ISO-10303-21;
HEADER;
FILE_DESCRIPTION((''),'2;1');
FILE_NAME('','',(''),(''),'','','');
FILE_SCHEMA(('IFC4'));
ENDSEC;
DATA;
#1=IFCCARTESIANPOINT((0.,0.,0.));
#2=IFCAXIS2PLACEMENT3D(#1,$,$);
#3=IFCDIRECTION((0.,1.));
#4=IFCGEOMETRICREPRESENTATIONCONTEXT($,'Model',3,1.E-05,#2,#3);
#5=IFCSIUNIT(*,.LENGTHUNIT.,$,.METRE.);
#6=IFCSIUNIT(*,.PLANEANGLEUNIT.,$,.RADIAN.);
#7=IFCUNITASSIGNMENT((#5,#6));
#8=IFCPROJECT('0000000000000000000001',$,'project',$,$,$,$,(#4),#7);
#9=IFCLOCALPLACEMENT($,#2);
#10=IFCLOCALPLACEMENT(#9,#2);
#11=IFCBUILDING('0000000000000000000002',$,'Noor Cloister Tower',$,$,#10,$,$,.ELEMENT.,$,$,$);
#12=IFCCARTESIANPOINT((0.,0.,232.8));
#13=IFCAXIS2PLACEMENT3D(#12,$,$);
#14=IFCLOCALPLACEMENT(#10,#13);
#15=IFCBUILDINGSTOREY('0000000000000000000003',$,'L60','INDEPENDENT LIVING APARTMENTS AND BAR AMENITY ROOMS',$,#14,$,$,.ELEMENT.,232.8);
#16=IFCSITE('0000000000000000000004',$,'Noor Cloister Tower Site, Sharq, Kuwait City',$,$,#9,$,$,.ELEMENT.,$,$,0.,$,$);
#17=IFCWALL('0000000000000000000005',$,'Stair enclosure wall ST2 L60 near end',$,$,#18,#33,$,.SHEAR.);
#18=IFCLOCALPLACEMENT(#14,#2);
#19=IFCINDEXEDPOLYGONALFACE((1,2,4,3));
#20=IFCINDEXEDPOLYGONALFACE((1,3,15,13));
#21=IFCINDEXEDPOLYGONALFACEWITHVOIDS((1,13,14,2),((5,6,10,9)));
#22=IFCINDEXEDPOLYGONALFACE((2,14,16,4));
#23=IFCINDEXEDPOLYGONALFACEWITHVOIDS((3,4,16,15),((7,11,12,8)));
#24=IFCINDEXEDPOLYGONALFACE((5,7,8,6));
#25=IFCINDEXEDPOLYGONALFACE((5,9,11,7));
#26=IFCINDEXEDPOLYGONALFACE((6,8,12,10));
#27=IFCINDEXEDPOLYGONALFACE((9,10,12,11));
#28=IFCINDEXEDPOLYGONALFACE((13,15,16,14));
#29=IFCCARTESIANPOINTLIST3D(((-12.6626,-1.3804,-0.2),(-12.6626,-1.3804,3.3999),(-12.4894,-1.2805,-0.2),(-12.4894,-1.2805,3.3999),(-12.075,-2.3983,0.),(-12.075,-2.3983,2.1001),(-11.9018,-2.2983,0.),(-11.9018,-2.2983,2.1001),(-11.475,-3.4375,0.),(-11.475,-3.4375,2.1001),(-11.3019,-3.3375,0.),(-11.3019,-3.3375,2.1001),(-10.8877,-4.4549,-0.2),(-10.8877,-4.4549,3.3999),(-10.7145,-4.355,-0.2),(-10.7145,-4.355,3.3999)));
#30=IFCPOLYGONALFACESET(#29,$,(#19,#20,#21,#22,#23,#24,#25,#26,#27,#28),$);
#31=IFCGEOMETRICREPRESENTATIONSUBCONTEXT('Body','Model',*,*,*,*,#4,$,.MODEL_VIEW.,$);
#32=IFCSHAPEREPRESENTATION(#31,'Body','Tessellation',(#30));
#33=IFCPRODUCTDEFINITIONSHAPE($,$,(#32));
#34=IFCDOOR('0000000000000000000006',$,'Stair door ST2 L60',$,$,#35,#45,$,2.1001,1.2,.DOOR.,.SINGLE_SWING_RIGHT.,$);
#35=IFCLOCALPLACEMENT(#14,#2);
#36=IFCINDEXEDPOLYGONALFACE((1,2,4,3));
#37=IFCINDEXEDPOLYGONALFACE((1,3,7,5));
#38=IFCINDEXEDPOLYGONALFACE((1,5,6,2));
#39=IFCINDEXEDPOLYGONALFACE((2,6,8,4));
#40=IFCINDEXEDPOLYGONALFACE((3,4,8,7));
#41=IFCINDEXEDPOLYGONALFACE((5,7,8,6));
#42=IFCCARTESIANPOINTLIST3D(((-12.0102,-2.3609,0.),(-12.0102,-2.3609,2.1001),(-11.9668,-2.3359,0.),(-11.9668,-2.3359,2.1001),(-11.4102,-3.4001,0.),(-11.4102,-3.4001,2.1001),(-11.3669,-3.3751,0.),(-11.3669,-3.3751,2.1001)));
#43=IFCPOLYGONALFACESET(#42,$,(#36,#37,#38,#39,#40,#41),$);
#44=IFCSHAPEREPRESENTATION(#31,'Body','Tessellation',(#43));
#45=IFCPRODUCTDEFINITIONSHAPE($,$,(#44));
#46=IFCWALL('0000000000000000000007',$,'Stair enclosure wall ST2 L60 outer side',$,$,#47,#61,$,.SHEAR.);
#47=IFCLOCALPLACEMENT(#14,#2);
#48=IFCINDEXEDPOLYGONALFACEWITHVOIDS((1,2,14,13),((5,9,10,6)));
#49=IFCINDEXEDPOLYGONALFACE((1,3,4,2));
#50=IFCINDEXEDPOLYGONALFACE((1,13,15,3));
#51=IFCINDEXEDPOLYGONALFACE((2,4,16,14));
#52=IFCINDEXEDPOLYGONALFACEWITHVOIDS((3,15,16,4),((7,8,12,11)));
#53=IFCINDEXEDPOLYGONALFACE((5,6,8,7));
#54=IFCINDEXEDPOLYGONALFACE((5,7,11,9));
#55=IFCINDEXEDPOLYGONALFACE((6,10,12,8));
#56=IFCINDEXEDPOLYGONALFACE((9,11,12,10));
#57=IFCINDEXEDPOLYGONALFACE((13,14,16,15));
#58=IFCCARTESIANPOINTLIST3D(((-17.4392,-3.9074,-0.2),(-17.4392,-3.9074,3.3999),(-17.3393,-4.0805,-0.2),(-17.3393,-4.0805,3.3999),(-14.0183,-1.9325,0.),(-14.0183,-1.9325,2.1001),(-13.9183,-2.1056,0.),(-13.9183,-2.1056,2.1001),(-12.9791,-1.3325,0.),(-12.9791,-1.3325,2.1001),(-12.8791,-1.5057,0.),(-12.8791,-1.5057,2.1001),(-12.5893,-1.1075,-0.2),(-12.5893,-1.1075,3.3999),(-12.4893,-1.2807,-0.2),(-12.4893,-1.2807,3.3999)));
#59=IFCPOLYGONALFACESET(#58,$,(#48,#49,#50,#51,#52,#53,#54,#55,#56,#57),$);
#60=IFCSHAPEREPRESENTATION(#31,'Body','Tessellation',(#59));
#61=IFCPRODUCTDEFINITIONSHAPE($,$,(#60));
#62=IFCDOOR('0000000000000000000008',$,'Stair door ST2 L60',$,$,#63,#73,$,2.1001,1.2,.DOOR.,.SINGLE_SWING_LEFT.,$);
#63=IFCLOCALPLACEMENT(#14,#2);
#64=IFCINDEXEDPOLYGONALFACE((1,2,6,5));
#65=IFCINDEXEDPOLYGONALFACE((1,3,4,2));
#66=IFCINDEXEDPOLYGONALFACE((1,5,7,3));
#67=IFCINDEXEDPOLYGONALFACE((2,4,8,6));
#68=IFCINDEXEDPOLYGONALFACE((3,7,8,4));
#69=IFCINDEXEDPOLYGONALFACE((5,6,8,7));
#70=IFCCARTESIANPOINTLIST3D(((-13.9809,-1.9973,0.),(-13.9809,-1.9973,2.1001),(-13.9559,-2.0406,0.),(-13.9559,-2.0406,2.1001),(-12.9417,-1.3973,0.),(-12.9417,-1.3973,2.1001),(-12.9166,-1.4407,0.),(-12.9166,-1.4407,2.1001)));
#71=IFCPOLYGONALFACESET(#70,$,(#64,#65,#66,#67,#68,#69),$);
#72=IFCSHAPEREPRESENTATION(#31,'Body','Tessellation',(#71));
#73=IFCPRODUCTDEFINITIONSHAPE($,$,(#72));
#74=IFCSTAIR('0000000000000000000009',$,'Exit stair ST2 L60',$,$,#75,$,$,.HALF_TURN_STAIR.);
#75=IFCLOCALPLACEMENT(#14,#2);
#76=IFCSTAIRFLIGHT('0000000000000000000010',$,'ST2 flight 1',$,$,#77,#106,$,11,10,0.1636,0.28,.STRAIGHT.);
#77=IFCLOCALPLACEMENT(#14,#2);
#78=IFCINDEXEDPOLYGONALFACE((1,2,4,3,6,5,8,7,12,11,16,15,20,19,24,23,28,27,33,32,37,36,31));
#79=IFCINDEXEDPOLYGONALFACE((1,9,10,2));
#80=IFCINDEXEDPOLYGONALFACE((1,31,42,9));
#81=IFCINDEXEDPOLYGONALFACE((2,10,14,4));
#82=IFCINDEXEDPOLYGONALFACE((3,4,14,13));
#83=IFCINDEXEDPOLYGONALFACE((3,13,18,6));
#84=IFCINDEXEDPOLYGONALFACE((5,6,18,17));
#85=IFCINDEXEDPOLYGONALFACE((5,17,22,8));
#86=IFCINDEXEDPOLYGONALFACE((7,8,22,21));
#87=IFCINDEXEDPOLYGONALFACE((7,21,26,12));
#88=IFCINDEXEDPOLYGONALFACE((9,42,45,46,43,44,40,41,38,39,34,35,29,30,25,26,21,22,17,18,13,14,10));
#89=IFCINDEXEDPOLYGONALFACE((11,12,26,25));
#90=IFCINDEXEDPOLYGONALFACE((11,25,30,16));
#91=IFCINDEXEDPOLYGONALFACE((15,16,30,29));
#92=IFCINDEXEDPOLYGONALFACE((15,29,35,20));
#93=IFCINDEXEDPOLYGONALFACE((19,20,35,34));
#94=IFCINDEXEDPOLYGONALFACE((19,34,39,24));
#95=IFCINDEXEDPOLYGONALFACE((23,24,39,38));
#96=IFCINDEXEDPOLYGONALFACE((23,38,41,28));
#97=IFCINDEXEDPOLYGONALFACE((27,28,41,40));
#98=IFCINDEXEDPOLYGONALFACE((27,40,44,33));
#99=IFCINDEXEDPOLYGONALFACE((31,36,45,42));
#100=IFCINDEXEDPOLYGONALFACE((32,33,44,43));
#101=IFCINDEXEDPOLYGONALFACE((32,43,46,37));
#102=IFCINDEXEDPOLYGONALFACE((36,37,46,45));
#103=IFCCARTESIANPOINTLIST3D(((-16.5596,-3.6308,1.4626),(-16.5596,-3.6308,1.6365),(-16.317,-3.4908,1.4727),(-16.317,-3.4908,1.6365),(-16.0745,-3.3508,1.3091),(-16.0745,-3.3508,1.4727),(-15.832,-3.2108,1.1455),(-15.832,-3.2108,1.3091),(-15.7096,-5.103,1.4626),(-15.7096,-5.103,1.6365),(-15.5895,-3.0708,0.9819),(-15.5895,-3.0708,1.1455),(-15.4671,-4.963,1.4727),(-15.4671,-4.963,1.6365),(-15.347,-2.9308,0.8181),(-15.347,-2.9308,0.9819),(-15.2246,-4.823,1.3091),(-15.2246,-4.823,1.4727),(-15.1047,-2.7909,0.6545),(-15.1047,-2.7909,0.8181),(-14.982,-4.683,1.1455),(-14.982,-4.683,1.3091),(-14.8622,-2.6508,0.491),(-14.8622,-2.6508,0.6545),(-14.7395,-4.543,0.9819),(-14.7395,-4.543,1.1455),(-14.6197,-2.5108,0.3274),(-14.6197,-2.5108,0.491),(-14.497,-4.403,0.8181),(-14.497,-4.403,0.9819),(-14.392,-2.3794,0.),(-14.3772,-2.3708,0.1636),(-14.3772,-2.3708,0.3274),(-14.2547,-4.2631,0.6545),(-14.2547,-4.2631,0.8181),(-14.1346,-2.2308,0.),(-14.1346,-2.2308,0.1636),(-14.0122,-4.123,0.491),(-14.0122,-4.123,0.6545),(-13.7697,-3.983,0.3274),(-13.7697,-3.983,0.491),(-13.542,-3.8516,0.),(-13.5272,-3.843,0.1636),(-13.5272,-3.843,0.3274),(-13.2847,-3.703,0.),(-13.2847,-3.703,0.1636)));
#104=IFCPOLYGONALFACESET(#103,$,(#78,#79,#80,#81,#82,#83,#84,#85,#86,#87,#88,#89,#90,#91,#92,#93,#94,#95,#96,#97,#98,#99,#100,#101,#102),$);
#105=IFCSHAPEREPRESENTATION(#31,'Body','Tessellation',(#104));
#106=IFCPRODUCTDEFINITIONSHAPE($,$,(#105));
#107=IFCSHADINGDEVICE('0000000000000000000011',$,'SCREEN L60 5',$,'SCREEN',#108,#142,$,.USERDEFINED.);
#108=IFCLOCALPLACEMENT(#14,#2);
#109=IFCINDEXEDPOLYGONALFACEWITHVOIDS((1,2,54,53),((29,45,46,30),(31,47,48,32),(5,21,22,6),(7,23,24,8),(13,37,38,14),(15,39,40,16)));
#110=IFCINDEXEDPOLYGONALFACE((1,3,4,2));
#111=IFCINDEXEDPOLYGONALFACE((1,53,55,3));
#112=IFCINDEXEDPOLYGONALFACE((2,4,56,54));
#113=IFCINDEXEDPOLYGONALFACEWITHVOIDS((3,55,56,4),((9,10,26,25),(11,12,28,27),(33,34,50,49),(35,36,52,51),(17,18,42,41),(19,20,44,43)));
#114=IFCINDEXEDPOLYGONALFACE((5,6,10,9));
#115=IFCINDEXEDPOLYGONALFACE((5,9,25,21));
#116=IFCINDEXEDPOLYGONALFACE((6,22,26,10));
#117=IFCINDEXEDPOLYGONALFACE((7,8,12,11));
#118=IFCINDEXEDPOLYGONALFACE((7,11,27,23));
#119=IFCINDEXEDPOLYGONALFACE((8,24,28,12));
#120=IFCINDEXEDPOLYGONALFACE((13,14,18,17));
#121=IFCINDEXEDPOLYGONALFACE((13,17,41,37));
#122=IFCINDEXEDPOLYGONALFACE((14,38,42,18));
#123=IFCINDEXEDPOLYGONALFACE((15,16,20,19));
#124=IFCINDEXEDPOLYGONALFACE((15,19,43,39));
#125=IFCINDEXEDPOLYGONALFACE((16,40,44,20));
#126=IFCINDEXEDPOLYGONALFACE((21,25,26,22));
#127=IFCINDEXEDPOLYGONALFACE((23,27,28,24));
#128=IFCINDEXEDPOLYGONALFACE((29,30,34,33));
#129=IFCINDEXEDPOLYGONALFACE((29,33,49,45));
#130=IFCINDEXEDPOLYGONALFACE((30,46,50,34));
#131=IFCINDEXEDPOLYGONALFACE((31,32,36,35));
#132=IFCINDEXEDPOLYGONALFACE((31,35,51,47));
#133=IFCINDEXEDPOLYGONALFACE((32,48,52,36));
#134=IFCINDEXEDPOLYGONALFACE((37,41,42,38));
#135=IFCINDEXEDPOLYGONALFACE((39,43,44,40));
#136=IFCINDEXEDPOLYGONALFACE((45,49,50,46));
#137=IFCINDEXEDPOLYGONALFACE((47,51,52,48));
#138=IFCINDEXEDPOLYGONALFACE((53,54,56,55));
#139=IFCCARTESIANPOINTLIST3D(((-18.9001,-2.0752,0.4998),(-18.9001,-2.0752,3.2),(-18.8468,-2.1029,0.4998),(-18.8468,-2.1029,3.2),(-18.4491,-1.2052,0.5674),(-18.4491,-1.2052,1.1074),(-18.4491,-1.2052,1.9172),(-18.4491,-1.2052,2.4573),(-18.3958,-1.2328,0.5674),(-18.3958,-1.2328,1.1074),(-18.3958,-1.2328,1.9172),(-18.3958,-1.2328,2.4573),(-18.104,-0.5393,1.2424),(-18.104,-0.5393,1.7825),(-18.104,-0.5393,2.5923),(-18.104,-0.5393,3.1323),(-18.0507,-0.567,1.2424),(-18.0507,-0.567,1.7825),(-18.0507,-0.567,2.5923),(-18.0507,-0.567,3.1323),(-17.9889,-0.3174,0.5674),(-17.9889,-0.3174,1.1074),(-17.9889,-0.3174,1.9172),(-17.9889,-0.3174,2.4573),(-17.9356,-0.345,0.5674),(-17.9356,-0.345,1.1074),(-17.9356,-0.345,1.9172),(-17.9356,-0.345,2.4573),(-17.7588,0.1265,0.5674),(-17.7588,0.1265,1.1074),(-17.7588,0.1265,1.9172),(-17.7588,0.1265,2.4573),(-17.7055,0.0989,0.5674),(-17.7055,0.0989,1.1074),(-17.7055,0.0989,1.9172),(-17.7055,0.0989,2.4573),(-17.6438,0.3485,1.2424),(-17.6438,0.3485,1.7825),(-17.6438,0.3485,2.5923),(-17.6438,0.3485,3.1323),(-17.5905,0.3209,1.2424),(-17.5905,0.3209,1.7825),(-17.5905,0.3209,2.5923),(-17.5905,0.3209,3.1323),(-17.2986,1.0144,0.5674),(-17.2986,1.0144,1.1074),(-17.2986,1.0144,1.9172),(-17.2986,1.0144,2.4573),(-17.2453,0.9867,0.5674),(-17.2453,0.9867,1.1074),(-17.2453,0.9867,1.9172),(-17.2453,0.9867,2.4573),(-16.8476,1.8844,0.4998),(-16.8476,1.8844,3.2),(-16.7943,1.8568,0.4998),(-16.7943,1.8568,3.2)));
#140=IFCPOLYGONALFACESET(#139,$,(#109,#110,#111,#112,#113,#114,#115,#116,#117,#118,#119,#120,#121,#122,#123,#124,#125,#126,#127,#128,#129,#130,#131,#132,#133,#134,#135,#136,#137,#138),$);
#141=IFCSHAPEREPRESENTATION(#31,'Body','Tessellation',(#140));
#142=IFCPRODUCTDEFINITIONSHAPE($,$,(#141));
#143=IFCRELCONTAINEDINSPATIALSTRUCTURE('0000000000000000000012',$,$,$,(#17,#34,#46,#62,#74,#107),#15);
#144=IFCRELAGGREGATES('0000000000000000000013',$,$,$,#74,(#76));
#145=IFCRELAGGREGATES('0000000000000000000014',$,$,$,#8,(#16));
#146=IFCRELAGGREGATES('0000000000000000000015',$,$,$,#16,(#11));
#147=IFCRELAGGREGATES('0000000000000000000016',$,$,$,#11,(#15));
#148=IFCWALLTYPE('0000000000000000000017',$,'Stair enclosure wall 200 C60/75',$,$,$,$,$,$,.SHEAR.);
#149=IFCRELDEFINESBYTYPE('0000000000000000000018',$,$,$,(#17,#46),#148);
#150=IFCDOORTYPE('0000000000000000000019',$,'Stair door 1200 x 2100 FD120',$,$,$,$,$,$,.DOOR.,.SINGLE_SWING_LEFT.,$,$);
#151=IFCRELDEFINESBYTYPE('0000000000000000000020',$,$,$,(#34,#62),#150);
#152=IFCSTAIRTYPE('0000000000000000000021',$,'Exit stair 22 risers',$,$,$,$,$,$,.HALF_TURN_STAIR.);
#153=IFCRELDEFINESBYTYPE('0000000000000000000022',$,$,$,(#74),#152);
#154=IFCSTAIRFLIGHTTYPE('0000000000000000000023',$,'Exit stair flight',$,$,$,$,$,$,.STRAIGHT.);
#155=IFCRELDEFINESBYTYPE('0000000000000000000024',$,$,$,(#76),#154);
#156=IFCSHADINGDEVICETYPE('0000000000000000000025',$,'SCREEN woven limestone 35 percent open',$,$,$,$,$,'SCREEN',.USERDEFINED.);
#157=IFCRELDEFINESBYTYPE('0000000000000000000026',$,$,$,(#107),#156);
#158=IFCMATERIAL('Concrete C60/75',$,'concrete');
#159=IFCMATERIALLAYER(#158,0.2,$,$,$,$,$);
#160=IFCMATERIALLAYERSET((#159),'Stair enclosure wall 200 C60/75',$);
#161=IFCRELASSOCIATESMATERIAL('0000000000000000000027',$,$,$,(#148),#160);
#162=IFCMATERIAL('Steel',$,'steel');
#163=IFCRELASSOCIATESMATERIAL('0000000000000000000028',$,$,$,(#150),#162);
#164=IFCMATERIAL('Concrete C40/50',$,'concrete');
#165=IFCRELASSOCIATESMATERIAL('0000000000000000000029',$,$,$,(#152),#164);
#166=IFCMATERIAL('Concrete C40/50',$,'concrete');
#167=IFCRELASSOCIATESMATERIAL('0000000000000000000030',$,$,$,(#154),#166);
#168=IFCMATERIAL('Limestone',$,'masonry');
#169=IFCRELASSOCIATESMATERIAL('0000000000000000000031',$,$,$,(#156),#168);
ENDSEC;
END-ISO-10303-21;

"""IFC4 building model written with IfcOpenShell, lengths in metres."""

from ifc_helpers import new_model, si_unit, direction, frame, frame_2d, origin, place, context, subcontext, project, spatial, polyline, rectangle, outline, extrude, material, layer, layer_set, material_profile, profile_set, type_object, element, fill, aggregate, save


model = new_model("IFC4")

# Units and contexts
model_context = context("Model", 3, precision=1e-05, world=origin(), true_north=direction((0.0, 1.0)))
body_context = subcontext(model_context, "Body", "Model", "MODEL_VIEW")
ifc_project = project(units=[si_unit("LENGTHUNIT", "METRE"), si_unit("PLANEANGLEUNIT", "RADIAN")], contexts=[model_context])

# Site, building, storey
site_placement = place(None, origin())
site = spatial("IfcSite", under=ifc_project, at=site_placement, Name="Noor Cloister Tower Site, Sharq, Kuwait City", CompositionType="ELEMENT", RefElevation=0.0)
building_placement = place(site_placement, origin())
building = spatial("IfcBuilding", under=site, at=building_placement, Name="Noor Cloister Tower", CompositionType="ELEMENT")
storey_placement = place(building_placement, frame((0.0, 0.0, 232.8)))
storey = spatial("IfcBuildingStorey", under=building, at=storey_placement, Name="L60", Description="INDEPENDENT LIVING APARTMENTS AND BAR AMENITY ROOMS", CompositionType="ELEMENT", Elevation=232.8)

# Walls, openings, doors
ifc_material_1 = material(Name="Concrete C60/75", Category="concrete")
ifc_layer_1 = layer(ifc_material_1, 0.2)
ifc_layer_set_1 = layer_set([ifc_layer_1], Name="Stair enclosure wall 200 C60/75")
wall_type_1 = type_object("IfcWallType", Name="Stair enclosure wall 200 C60/75", PredefinedType="SHEAR", material=ifc_layer_set_1)
wall_1_placement = place(storey_placement, frame((-12.5759, -1.3306, -0.2), z_axis=(0.0, 0.0, 1.0), x_axis=(0.49997, -0.866042, 0.0)))
wall_1 = element("IfcWall", 1, at=wall_1_placement, inside=storey, type_object=wall_type_1, Name="Stair enclosure wall ST2 L60 near end", PredefinedType="SHEAR", context=body_context, shape_type="SweptSolid", body=[
    extrude(rectangle(XDim=3.55, YDim=0.2, at=frame_2d((1.7749, 0.0))), origin(), (0.0, 0.0, 1.0), 3.5999),
])
opening_1_placement = place(wall_1_placement, frame((1.175, 0.0, 0.2)))
opening_1 = element("IfcOpeningElement", 2, at=opening_1_placement, cuts=wall_1, PredefinedType="OPENING", context=body_context, shape_type="SweptSolid", body=[
    extrude(rectangle(XDim=1.2, YDim=2.1001, at=frame_2d((0.6001, 1.05))), frame((0.0, 0.1099, 0.0), z_axis=(0.0, -1.0, 0.0), x_axis=(1.0, 0.0, 0.0)), (0.0, 0.0, 1.0), 0.22),
])
ifc_material_2 = material(Name="Steel", Category="steel")
door_type = type_object("IfcDoorType", Name="Stair door 1200 x 2100 FD120", OperationType="SINGLE_SWING_LEFT", PredefinedType="DOOR", material=ifc_material_2)
door_1_placement = place(opening_1_placement, origin())
door_1 = element("IfcDoor", 3, at=door_1_placement, inside=storey, type_object=door_type, Name="Stair door ST2 L60", OperationType="SINGLE_SWING_RIGHT", OverallHeight=2.1001, OverallWidth=1.2, PredefinedType="DOOR", context=body_context, shape_type="SweptSolid", body=[
    extrude(rectangle(XDim=1.2, YDim=2.1001, at=frame_2d((0.6001, 1.05))), frame((0.0, 0.0249, 0.0), z_axis=(0.0, -1.0, 0.0), x_axis=(1.0, 0.0, 0.0)), (0.0, 0.0, 1.0), 0.05),
])
fill(opening_1, door_1)
wall_2_placement = place(storey_placement, frame((-12.5393, -1.1941, -0.2), z_axis=(0.0, 0.0, 1.0), x_axis=(-0.866045, -0.499965, 0.0)))
wall_2 = element("IfcWall", 4, at=wall_2_placement, inside=storey, type_object=wall_type_1, Name="Stair enclosure wall ST2 L60 outer side", PredefinedType="SHEAR", context=body_context, shape_type="SweptSolid", body=[
    extrude(rectangle(XDim=5.6001, YDim=0.2, at=frame_2d((2.8, 0.0))), origin(), (0.0, 0.0, 1.0), 3.5999),
])
opening_2_placement = place(wall_2_placement, frame((0.45, 0.0, 0.2)))
opening_2 = element("IfcOpeningElement", 5, at=opening_2_placement, cuts=wall_2, PredefinedType="OPENING", context=body_context, shape_type="SweptSolid", body=[
    extrude(rectangle(XDim=1.2, YDim=2.1001, at=frame_2d((0.6001, 1.05))), frame((0.0, 0.1099, 0.0), z_axis=(0.0, -1.0, 0.0), x_axis=(1.0, 0.0, 0.0)), (0.0, 0.0, 1.0), 0.22),
])
door_2_placement = place(opening_2_placement, origin())
door_2 = element("IfcDoor", 6, at=door_2_placement, inside=storey, type_object=door_type, Name="Stair door ST2 L60", OperationType="SINGLE_SWING_LEFT", OverallHeight=2.1001, OverallWidth=1.2, PredefinedType="DOOR", context=body_context, shape_type="SweptSolid", body=[
    extrude(rectangle(XDim=1.2, YDim=2.1001, at=frame_2d((0.6001, 1.05))), frame((0.0, 0.0249, 0.0), z_axis=(0.0, -1.0, 0.0), x_axis=(1.0, 0.0, 0.0)), (0.0, 0.0, 1.0), 0.05),
])
fill(opening_2, door_2)

# Stair, stair flight
ifc_material_3 = material(Name="Concrete C40/50", Category="concrete")
stair_type = type_object("IfcStairType", Name="Exit stair 22 risers", PredefinedType="HALF_TURN_STAIR", material=ifc_material_3)
stair_placement = place(storey_placement, origin())
stair = element("IfcStair", 7, at=stair_placement, inside=storey, type_object=stair_type, Name="Exit stair ST2 L60", PredefinedType="HALF_TURN_STAIR")
ifc_material_4 = material(Name="Concrete C40/50", Category="concrete")
stair_flight_type = type_object("IfcStairFlightType", Name="Exit stair flight", PredefinedType="STRAIGHT", material=ifc_material_4)
stair_flight_placement = place(storey_placement, frame((-13.7097, -2.9668, 0.0), z_axis=(0.0, 0.0, 1.0), x_axis=(-0.866025, -0.5, 0.0)))
stair_flight = element("IfcStairFlight", 8, at=stair_flight_placement, type_object=stair_flight_type, Name="ST2 flight 1", NumberOfRisers=11, NumberOfTreads=10, PredefinedType="STRAIGHT", RiserHeight=0.1636, TreadLength=0.28, context=body_context, shape_type="SweptSolid", body=[
    extrude(outline(polyline([(0.0, 0.0), (0.0, 0.1636), (0.28, 0.1636), (0.28, 0.3274), (0.5601, 0.3274), (0.5601, 0.491), (0.8401, 0.491), (0.8401, 0.6545), (1.1201, 0.6545), (1.1201, 0.8181), (1.3999, 0.8181), (1.3999, 0.9819), (1.6799, 0.9819), (1.6799, 1.1455), (1.96, 1.1455), (1.96, 1.3091), (2.24, 1.3091), (2.24, 1.4727), (2.52, 1.4727), (2.52, 1.6365), (2.8, 1.6365), (2.8, 1.8), (2.8, 1.4626), (0.2971, 0.0), (0.0, 0.0)])), frame((0.0, 0.8501, 0.0), z_axis=(0.0, -1.0, 0.0), x_axis=(1.0, 0.0, 0.0)), (0.0, 0.0, 1.0), 1.7),
])
aggregate(stair, [stair_flight])

# Shading device
ifc_material_5 = material(Name="Limestone", Category="masonry")
ifc_material_profile_1 = material_profile(ifc_material_5, outline(polyline([(-2.23, -1.3501), (2.23, -1.3501), (2.23, 1.3501), (-2.23, 1.3501), (-2.23, -1.3501)]), holes=[polyline([(-1.25, -1.2825), (-0.25, -1.2825), (-0.25, -0.7424), (-1.25, -0.7424), (-1.25, -1.2825)]), polyline([(0.25, -1.2825), (1.25, -1.2825), (1.25, -0.7424), (0.25, -0.7424), (0.25, -1.2825)]), polyline([(-0.5, -0.6074), (0.5, -0.6074), (0.5, -0.0674), (-0.5, -0.0674), (-0.5, -0.6074)]), polyline([(-1.25, 0.0674), (-0.25, 0.0674), (-0.25, 0.6074), (-1.25, 0.6074), (-1.25, 0.0674)]), polyline([(0.25, 0.0674), (1.25, 0.0674), (1.25, 0.6074), (0.25, 0.6074), (0.25, 0.0674)]), polyline([(-0.5, 0.7424), (0.5, 0.7424), (0.5, 1.2825), (-0.5, 1.2825), (-0.5, 0.7424)])]), Name="Woven screen 35 percent open")
ifc_profile_set_1 = profile_set([ifc_material_profile_1], Name="Limestone")
shading_device_type = type_object("IfcShadingDeviceType", Name="SCREEN woven limestone 35 percent open", ElementType="SCREEN", PredefinedType="USERDEFINED", material=ifc_profile_set_1)
shading_device_placement = place(storey_placement, frame((-17.8206, -0.123, 1.8499), z_axis=(-0.887816, 0.460198, 0.0), x_axis=(-0.460198, -0.887816, 0.0)))
element("IfcShadingDevice", 9, at=shading_device_placement, inside=storey, type_object=shading_device_type, Name="SCREEN L60 5", ObjectType="SCREEN", PredefinedType="USERDEFINED", context=body_context, shape_type="SweptSolid", body=[
    extrude(outline(polyline([(-2.23, -1.3501), (2.23, -1.3501), (2.23, 1.3501), (-2.23, 1.3501), (-2.23, -1.3501)]), holes=[polyline([(-1.25, -1.2825), (-0.25, -1.2825), (-0.25, -0.7424), (-1.25, -0.7424), (-1.25, -1.2825)]), polyline([(0.25, -1.2825), (1.25, -1.2825), (1.25, -0.7424), (0.25, -0.7424), (0.25, -1.2825)]), polyline([(-0.5, -0.6074), (0.5, -0.6074), (0.5, -0.0674), (-0.5, -0.0674), (-0.5, -0.6074)]), polyline([(-1.25, 0.0674), (-0.25, 0.0674), (-0.25, 0.6074), (-1.25, 0.6074), (-1.25, 0.0674)]), polyline([(0.25, 0.0674), (1.25, 0.0674), (1.25, 0.6074), (0.25, 0.6074), (0.25, 0.0674)]), polyline([(-0.5, 0.7424), (0.5, 0.7424), (0.5, 1.2825), (-0.5, 1.2825), (-0.5, 0.7424)])]), origin(), (0.0, 0.0, 1.0), 0.0601),
])

save(model, "model.ifc")
